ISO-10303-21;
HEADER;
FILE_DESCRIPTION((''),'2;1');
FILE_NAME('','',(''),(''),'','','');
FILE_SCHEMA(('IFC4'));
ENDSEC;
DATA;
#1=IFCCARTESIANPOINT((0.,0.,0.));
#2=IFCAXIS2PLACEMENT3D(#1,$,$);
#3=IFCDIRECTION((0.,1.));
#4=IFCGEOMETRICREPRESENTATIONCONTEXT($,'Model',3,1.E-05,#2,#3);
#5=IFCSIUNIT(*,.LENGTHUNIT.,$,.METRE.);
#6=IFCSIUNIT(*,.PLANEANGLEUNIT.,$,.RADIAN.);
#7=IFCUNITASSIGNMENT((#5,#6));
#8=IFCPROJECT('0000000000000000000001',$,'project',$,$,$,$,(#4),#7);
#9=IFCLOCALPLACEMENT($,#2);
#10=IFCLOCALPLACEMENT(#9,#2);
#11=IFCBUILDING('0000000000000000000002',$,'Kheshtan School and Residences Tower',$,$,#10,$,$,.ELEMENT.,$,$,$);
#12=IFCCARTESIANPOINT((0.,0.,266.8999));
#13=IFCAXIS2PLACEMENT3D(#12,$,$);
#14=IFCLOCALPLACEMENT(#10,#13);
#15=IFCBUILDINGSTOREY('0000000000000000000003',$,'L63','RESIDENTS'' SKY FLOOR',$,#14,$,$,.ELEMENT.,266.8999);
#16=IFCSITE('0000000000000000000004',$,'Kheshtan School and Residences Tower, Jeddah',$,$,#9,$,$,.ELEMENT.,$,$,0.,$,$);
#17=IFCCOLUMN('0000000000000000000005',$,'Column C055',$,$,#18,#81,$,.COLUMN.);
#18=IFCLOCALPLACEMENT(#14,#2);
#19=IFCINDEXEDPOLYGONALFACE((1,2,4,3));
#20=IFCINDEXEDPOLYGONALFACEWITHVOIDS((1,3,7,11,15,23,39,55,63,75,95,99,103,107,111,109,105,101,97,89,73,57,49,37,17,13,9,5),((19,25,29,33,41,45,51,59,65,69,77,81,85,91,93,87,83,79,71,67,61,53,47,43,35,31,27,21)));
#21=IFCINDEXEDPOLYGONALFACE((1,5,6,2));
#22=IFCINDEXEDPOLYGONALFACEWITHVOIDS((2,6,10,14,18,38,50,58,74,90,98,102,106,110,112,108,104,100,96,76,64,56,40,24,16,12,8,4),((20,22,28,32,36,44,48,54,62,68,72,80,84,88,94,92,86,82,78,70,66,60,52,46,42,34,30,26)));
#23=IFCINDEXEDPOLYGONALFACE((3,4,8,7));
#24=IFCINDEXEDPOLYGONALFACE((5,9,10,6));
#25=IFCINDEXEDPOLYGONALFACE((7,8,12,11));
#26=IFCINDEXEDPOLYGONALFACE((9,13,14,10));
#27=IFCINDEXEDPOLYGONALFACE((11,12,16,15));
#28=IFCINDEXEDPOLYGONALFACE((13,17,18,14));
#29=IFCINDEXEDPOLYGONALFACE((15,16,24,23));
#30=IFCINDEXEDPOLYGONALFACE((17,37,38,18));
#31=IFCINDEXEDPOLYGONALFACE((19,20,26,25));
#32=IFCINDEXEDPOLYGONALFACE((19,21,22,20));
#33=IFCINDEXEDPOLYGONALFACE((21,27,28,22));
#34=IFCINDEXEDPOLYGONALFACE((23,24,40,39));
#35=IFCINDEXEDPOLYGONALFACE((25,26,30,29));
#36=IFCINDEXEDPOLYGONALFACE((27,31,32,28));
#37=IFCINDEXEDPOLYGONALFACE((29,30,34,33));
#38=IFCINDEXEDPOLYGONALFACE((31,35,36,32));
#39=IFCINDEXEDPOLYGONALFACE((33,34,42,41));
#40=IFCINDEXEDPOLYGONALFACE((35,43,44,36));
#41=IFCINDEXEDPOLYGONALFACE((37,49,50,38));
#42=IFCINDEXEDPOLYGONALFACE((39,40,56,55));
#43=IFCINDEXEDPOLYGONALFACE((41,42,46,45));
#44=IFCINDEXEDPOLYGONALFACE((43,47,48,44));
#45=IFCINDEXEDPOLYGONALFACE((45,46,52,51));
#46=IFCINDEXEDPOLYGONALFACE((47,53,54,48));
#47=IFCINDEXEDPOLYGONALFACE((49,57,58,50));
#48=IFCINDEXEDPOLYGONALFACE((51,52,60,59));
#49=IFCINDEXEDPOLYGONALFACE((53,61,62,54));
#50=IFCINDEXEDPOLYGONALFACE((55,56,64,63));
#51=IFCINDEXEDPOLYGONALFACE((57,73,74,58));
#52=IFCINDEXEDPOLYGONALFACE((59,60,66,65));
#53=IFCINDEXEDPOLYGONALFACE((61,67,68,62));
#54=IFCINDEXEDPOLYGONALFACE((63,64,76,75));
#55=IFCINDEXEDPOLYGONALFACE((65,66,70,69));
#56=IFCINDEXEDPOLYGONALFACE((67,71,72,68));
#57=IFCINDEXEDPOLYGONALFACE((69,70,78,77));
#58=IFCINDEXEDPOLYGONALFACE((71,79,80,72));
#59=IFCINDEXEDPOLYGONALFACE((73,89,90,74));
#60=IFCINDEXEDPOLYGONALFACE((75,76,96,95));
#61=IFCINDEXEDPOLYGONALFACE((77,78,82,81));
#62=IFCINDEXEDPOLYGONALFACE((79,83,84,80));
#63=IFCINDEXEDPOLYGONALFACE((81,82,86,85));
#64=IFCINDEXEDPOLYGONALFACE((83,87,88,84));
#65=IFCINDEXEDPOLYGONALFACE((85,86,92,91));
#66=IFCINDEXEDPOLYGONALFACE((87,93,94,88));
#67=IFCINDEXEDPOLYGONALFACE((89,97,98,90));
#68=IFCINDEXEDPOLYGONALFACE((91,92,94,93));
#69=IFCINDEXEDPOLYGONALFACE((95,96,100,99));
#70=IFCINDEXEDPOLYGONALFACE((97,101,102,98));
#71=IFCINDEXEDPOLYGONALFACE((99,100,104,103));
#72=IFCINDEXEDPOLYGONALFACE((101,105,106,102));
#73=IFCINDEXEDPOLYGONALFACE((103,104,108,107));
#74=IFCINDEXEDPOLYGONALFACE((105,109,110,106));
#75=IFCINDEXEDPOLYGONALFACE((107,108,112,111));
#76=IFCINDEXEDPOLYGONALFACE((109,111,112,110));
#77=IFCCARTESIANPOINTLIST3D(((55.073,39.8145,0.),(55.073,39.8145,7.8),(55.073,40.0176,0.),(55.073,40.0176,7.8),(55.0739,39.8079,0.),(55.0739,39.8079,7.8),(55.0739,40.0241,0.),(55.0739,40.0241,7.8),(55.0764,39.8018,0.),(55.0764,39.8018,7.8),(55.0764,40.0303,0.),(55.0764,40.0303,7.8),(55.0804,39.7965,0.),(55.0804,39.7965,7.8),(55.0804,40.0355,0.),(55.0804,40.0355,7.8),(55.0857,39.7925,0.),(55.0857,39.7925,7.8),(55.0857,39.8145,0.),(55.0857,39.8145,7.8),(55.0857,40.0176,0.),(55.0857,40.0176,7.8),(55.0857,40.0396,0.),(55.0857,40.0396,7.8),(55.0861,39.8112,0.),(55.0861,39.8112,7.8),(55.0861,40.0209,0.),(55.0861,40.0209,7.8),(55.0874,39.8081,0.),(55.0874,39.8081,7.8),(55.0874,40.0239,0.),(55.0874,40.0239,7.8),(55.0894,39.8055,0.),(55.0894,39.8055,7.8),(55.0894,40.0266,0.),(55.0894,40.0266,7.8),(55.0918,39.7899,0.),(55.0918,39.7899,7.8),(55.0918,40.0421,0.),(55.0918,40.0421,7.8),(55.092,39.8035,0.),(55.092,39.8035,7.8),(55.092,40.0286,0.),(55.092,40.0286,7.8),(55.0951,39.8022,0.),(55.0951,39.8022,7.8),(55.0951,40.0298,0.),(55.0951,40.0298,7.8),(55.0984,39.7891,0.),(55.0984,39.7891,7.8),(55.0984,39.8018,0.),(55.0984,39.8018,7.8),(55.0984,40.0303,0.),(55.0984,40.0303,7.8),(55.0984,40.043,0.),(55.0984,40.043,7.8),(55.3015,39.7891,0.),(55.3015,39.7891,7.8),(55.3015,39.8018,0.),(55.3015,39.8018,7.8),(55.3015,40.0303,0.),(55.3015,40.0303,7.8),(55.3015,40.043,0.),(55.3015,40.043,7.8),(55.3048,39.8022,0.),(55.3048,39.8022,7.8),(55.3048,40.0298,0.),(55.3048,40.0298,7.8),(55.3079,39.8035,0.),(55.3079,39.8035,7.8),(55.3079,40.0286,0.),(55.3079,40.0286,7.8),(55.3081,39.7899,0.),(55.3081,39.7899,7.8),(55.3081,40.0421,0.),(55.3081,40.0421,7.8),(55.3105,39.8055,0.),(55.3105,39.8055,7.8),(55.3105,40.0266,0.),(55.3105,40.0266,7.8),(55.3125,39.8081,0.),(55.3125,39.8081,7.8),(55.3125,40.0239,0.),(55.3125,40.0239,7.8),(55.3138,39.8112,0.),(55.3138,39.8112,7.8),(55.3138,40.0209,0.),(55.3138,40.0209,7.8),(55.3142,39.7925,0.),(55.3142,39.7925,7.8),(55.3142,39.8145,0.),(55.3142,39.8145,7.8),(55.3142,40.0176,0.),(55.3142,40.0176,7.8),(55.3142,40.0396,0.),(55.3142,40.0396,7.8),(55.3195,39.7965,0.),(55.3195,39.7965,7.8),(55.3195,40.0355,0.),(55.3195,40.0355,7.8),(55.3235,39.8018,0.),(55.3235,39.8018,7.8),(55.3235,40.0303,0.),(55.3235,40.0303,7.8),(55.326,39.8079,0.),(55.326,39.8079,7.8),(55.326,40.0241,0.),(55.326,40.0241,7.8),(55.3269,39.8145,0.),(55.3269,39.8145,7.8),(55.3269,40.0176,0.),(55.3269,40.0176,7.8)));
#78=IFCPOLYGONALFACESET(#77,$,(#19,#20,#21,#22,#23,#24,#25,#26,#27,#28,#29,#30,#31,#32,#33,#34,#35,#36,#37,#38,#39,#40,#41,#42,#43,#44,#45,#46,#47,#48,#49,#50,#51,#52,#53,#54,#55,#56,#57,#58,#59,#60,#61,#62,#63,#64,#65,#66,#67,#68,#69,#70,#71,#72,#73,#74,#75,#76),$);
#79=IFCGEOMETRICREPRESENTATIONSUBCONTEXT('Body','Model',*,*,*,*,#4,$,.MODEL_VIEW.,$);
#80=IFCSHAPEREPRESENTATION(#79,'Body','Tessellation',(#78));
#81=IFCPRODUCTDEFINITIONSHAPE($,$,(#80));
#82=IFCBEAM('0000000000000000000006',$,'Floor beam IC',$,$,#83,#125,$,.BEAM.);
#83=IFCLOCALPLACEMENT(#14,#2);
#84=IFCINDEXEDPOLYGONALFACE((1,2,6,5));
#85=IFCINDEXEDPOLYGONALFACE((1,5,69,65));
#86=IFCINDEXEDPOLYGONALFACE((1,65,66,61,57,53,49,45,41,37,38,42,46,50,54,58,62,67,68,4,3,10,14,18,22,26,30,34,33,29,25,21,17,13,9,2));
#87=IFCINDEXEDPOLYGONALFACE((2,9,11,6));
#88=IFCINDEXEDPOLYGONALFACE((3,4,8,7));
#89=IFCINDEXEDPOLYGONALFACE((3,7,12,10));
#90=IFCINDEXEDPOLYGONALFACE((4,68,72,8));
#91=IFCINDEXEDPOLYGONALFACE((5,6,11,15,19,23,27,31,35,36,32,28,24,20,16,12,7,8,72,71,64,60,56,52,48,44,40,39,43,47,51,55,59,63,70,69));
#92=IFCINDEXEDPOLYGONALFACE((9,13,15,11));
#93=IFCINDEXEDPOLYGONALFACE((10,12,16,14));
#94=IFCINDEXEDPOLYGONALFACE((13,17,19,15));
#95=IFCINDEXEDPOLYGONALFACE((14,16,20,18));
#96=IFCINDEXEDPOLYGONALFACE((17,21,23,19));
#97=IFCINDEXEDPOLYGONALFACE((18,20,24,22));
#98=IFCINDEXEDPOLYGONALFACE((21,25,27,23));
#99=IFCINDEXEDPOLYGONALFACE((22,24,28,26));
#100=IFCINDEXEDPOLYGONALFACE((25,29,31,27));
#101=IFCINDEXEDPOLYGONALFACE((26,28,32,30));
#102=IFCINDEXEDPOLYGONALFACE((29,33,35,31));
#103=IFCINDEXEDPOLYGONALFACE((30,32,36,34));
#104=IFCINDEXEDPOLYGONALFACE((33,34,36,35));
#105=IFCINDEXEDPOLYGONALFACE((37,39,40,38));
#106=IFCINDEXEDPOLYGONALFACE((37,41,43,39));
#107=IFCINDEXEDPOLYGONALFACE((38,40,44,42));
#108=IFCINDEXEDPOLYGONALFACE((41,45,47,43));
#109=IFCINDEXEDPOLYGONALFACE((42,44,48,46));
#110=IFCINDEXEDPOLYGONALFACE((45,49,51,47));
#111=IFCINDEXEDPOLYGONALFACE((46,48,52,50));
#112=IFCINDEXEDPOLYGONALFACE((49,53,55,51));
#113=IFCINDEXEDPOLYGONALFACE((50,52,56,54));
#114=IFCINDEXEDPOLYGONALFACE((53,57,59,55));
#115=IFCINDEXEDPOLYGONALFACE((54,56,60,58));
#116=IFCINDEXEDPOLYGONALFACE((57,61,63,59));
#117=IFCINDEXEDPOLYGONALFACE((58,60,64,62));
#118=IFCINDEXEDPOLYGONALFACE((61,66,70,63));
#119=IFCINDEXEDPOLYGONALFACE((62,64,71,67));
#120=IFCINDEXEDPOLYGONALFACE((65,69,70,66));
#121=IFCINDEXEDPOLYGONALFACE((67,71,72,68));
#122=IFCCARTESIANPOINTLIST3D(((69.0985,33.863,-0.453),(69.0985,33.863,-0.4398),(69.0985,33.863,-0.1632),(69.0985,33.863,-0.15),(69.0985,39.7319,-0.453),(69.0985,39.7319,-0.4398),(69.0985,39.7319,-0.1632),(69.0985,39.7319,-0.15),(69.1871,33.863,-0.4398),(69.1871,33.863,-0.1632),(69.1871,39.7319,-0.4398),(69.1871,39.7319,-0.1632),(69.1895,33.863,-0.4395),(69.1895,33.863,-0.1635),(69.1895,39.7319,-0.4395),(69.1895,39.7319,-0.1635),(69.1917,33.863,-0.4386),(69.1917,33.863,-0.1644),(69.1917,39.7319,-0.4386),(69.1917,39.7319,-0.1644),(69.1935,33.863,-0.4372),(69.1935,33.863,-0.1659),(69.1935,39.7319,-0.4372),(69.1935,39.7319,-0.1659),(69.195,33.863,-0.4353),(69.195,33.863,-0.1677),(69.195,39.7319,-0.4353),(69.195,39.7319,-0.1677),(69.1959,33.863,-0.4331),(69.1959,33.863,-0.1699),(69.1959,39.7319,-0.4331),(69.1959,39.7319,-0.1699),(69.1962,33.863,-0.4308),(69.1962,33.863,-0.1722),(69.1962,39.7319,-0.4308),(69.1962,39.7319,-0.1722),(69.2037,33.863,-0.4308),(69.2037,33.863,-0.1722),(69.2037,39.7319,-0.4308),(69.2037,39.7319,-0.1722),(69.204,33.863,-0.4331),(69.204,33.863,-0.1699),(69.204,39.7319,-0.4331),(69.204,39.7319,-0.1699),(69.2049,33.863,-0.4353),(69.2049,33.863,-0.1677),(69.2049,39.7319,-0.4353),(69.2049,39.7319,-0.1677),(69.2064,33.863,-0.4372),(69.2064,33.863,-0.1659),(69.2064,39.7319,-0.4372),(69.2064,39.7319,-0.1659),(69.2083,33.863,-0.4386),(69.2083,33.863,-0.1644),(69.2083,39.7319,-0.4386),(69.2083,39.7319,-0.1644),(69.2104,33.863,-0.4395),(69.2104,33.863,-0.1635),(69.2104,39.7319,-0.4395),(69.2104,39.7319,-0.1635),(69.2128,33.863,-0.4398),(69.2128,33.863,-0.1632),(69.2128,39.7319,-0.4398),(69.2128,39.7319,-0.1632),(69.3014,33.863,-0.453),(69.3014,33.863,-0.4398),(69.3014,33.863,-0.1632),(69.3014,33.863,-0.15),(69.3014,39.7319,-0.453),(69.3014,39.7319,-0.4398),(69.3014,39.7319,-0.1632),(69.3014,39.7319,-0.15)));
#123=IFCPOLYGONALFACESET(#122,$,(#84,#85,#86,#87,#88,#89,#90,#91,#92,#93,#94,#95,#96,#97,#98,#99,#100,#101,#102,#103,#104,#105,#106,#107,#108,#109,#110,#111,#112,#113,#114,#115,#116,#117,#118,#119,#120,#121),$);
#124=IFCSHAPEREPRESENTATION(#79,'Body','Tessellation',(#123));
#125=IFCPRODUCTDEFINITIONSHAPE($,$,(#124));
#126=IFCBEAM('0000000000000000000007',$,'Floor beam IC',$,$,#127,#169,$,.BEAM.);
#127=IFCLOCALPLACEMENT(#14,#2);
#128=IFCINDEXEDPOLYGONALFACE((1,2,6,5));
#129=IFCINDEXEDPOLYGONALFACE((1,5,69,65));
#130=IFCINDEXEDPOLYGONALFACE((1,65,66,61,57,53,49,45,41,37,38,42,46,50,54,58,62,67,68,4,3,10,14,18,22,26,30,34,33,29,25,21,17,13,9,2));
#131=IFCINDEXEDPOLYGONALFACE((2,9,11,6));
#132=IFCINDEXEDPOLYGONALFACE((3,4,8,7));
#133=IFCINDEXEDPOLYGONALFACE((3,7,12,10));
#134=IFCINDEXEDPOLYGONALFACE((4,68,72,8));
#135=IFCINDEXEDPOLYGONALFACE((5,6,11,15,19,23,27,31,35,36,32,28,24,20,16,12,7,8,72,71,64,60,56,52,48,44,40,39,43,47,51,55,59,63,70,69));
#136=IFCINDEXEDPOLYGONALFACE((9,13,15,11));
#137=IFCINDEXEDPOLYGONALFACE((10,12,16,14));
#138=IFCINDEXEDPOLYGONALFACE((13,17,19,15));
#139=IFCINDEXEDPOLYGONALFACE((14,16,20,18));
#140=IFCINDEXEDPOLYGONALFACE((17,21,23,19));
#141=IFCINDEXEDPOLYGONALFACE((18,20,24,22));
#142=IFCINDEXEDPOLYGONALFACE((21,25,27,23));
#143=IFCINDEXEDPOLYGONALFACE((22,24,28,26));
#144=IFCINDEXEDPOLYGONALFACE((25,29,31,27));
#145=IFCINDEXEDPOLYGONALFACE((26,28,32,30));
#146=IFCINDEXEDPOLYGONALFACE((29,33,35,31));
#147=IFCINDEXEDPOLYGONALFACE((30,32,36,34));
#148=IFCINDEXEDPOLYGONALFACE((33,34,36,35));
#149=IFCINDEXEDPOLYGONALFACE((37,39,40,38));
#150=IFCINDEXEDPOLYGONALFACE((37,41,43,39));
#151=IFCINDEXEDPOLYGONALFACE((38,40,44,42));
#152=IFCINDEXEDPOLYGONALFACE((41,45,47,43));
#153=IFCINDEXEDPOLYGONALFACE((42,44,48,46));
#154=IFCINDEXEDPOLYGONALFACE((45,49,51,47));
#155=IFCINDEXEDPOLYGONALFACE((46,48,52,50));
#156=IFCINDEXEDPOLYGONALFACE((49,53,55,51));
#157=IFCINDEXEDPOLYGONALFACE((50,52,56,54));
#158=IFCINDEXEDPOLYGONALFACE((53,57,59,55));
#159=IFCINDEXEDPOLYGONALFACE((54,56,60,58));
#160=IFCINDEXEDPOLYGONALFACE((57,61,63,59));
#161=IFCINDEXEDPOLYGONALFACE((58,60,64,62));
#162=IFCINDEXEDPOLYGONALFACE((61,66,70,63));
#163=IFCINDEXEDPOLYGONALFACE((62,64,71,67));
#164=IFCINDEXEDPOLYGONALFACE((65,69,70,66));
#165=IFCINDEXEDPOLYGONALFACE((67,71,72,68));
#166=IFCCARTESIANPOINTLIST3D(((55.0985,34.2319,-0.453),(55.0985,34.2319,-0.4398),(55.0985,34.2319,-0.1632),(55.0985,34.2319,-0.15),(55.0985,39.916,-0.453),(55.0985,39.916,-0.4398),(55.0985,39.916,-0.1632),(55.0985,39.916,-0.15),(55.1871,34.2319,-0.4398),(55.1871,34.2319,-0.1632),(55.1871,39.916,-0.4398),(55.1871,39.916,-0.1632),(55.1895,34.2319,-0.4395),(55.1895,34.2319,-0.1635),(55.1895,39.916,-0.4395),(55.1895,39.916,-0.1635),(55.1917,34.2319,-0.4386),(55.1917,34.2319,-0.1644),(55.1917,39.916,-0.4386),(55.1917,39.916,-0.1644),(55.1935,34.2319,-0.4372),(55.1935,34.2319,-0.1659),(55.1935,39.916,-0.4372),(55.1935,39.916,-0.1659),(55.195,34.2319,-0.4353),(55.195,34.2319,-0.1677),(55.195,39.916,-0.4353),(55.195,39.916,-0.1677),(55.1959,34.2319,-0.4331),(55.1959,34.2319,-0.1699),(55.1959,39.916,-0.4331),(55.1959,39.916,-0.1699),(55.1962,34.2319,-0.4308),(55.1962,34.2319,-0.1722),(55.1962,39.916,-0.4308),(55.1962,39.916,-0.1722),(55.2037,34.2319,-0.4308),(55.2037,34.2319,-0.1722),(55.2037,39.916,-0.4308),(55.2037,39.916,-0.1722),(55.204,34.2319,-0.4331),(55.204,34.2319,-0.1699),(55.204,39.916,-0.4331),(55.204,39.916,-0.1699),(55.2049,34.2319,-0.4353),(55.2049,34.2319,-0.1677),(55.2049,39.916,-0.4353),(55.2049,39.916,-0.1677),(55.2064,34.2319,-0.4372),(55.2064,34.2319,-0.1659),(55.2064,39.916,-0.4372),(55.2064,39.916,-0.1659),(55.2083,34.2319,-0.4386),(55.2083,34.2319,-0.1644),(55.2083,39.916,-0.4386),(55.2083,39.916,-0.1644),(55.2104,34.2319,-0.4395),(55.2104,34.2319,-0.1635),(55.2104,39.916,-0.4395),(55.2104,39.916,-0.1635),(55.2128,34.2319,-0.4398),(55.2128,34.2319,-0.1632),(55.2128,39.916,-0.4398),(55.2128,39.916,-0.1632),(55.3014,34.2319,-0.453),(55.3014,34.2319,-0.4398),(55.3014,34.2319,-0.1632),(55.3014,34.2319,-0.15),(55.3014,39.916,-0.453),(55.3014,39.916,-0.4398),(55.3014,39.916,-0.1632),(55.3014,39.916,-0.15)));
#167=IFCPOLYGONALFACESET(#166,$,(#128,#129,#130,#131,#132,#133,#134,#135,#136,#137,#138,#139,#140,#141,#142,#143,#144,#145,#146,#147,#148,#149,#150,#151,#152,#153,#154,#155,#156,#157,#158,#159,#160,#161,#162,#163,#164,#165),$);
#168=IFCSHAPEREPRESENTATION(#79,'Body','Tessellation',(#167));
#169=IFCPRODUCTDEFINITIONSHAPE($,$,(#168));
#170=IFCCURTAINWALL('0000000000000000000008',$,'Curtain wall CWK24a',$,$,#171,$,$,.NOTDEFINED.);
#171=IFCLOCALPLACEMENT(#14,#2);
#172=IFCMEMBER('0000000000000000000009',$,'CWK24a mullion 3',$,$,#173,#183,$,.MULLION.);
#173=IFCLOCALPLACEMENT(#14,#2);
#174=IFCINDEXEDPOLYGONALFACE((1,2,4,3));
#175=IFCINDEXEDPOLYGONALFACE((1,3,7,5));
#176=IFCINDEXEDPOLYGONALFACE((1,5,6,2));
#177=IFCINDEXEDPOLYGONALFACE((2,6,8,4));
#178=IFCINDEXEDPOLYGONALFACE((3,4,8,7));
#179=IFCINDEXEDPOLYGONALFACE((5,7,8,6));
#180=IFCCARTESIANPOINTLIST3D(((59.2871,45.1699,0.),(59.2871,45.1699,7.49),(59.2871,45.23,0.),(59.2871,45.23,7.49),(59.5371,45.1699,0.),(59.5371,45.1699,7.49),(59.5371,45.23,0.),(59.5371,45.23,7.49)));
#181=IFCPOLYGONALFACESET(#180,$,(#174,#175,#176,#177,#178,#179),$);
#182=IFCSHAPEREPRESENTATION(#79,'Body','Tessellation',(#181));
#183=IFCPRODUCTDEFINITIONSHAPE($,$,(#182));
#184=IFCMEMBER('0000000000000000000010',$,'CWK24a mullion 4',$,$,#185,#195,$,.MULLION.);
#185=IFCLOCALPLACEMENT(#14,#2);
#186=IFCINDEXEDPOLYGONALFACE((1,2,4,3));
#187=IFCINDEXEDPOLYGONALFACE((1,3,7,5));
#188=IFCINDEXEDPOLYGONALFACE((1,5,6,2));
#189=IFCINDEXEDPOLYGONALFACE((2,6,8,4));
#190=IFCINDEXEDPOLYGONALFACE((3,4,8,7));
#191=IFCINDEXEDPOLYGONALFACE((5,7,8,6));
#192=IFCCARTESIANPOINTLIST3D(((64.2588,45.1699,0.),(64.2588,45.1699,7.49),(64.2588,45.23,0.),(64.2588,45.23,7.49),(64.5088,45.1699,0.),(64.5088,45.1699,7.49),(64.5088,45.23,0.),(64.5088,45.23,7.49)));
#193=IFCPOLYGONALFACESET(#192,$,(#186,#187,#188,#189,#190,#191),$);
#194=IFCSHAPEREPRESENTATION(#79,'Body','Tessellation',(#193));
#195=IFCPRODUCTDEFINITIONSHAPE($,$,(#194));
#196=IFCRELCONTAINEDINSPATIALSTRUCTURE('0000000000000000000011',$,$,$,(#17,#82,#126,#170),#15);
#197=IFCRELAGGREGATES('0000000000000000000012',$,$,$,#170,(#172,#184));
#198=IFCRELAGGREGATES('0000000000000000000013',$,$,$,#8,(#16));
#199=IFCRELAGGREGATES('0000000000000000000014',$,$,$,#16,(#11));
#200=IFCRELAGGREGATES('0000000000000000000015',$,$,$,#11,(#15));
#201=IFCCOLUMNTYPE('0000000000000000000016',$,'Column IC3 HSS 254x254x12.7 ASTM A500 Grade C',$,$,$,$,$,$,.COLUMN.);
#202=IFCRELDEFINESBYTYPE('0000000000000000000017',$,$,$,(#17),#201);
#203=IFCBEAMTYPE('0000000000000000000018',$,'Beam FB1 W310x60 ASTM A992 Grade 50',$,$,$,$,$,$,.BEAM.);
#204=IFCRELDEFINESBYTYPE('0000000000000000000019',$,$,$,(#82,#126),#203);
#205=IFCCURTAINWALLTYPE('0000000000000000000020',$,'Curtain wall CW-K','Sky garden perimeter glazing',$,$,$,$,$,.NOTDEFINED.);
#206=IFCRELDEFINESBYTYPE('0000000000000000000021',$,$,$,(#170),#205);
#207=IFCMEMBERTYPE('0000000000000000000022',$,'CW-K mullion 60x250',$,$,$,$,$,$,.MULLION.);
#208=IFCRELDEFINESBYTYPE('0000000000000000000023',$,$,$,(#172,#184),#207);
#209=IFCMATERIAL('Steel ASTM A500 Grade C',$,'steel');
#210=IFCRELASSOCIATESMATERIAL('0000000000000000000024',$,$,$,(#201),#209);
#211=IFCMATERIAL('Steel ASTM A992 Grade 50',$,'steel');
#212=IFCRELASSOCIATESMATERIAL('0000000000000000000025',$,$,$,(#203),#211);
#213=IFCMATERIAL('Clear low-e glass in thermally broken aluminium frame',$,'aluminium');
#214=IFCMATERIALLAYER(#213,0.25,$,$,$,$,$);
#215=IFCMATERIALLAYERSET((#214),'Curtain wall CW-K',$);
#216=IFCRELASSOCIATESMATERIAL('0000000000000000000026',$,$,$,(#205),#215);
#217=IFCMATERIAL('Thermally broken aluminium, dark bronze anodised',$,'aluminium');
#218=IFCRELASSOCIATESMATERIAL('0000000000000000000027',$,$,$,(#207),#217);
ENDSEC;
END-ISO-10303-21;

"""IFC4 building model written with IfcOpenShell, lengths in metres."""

from ifc_helpers import new_model, si_unit, direction, frame, origin, origin_2d, place, context, subcontext, project, spatial, rectangle, hollow_rectangle, i_section, extrude, material, layer, layer_set, material_profile, profile_set, type_object, element, aggregate, save


model = new_model("IFC4")

# Units and contexts
model_context = context("Model", 3, precision=1e-05, world=origin(), true_north=direction((0.0, 1.0)))
body_context = subcontext(model_context, "Body", "Model", "MODEL_VIEW")
ifc_project = project(units=[si_unit("LENGTHUNIT", "METRE"), si_unit("PLANEANGLEUNIT", "RADIAN")], contexts=[model_context])

# Site, building, storey
site_placement = place(None, origin())
site = spatial("IfcSite", under=ifc_project, at=site_placement, Name="Kheshtan School and Residences Tower, Jeddah", CompositionType="ELEMENT", RefElevation=0.0)
building_placement = place(site_placement, origin())
building = spatial("IfcBuilding", under=site, at=building_placement, Name="Kheshtan School and Residences Tower", CompositionType="ELEMENT")
storey_placement = place(building_placement, frame((0.0, 0.0, 266.8999)))
storey = spatial("IfcBuildingStorey", under=building, at=storey_placement, Name="L63", Description="RESIDENTS' SKY FLOOR", CompositionType="ELEMENT", Elevation=266.8999)

# Column
ifc_material_1 = material(Name="Steel ASTM A992 Grade 50", Category="steel")
ifc_material_2 = material(Name="Steel ASTM A500 Grade C", Category="steel")
ifc_material_profile_1 = material_profile(ifc_material_2, hollow_rectangle(XDim=0.2539, YDim=0.2539, WallThickness=0.0127, InnerFilletRadius=0.0127, OuterFilletRadius=0.0254, at=origin_2d()), Name="HSS 254x254x12.7")
ifc_profile_set_1 = profile_set([ifc_material_profile_1], Name="Steel ASTM A500 Grade C")
column_type_1 = type_object("IfcColumnType", Name="Column IC3 HSS 254x254x12.7 ASTM A500 Grade C", PredefinedType="COLUMN", material=ifc_profile_set_1)
for number, where, z_axis, x_axis, name in (
    (1, (55.2, 39.916, 0.0), (0.0, 0.0, 1.0), (1.0, 0.0, 0.0), "Column C055"),
):
    element("IfcColumn", number, at=place(storey_placement, frame(where, z_axis=z_axis, x_axis=x_axis)), inside=storey, type_object=column_type_1, Name=name, PredefinedType="COLUMN", context=body_context, shape_type="SweptSolid", body=[
        extrude(hollow_rectangle(XDim=0.2539, YDim=0.2539, WallThickness=0.0127, InnerFilletRadius=0.0127, OuterFilletRadius=0.0254, at=origin_2d()), origin(), (0.0, 0.0, 1.0), 7.8),
    ])

# Beams
ifc_material_profile_2 = material_profile(ifc_material_1, i_section(OverallWidth=0.2029, OverallDepth=0.303, WebThickness=0.0076, FlangeThickness=0.0132, FilletRadius=0.009, at=origin_2d()), Name="W310x60")
ifc_profile_set_2 = profile_set([ifc_material_profile_2], Name="Steel ASTM A992 Grade 50")
beam_type = type_object("IfcBeamType", Name="Beam FB1 W310x60 ASTM A992 Grade 50", PredefinedType="BEAM", material=ifc_profile_set_2)
beam_1_placement = place(storey_placement, frame((69.2, 33.863, -0.3015), z_axis=(0.0, 1.0, 0.0), x_axis=(-1.0, 0.0, 0.0)))
element("IfcBeam", 2, at=beam_1_placement, inside=storey, type_object=beam_type, Name="Floor beam IC", PredefinedType="BEAM", context=body_context, shape_type="SweptSolid", body=[
    extrude(i_section(OverallWidth=0.2029, OverallDepth=0.303, WebThickness=0.0076, FlangeThickness=0.0132, FilletRadius=0.009, at=origin_2d()), origin(), (0.0, 0.0, 1.0), 5.8689),
])
beam_2_placement = place(storey_placement, frame((55.2, 34.2319, -0.3015), z_axis=(0.0, 1.0, 0.0), x_axis=(-1.0, 0.0, 0.0)))
element("IfcBeam", 3, at=beam_2_placement, inside=storey, type_object=beam_type, Name="Floor beam IC", PredefinedType="BEAM", context=body_context, shape_type="SweptSolid", body=[
    extrude(i_section(OverallWidth=0.2029, OverallDepth=0.303, WebThickness=0.0076, FlangeThickness=0.0132, FilletRadius=0.009, at=origin_2d()), origin(), (0.0, 0.0, 1.0), 5.6841),
])

# Curtain wall, members
ifc_material_3 = material(Name="Clear low-e glass in thermally broken aluminium frame", Category="aluminium")
ifc_layer_1 = layer(ifc_material_3, 0.25)
ifc_layer_set_1 = layer_set([ifc_layer_1], Name="Curtain wall CW-K")
curtain_wall_type = type_object("IfcCurtainWallType", Name="Curtain wall CW-K", Description="Sky garden perimeter glazing", PredefinedType="NOTDEFINED", material=ifc_layer_set_1)
curtain_wall_placement = place(storey_placement, origin())
curtain_wall = element("IfcCurtainWall", 4, at=curtain_wall_placement, inside=storey, type_object=curtain_wall_type, Name="Curtain wall CWK24a", PredefinedType="NOTDEFINED")
ifc_material_4 = material(Name="Thermally broken aluminium, dark bronze anodised", Category="aluminium")
ifc_material_profile_3 = material_profile(ifc_material_4, rectangle(XDim=0.0601, YDim=0.25, at=origin_2d()), Name="CW-K mullion 60x250")
ifc_profile_set_3 = profile_set([ifc_material_profile_3], Name="Thermally broken aluminium, dark bronze anodised")
member_type = type_object("IfcMemberType", Name="CW-K mullion 60x250", PredefinedType="MULLION", material=ifc_profile_set_3)
member_1_placement = place(storey_placement, frame((59.4121, 45.2, 0.0), z_axis=(0.0, 0.0, 1.0), x_axis=(0.0, 1.0, 0.0)))
member_1 = element("IfcMember", 5, at=member_1_placement, type_object=member_type, Name="CWK24a mullion 3", PredefinedType="MULLION", context=body_context, shape_type="SweptSolid", body=[
    extrude(rectangle(XDim=0.0601, YDim=0.25, at=origin_2d()), origin(), (0.0, 0.0, 1.0), 7.49),
])
member_2_placement = place(storey_placement, frame((64.3838, 45.2, 0.0), z_axis=(0.0, 0.0, 1.0), x_axis=(0.0, 1.0, 0.0)))
member_2 = element("IfcMember", 6, at=member_2_placement, type_object=member_type, Name="CWK24a mullion 4", PredefinedType="MULLION", context=body_context, shape_type="SweptSolid", body=[
    extrude(rectangle(XDim=0.0601, YDim=0.25, at=origin_2d()), origin(), (0.0, 0.0, 1.0), 7.49),
])
aggregate(curtain_wall, [member_1, member_2])

save(model, "model.ifc")
